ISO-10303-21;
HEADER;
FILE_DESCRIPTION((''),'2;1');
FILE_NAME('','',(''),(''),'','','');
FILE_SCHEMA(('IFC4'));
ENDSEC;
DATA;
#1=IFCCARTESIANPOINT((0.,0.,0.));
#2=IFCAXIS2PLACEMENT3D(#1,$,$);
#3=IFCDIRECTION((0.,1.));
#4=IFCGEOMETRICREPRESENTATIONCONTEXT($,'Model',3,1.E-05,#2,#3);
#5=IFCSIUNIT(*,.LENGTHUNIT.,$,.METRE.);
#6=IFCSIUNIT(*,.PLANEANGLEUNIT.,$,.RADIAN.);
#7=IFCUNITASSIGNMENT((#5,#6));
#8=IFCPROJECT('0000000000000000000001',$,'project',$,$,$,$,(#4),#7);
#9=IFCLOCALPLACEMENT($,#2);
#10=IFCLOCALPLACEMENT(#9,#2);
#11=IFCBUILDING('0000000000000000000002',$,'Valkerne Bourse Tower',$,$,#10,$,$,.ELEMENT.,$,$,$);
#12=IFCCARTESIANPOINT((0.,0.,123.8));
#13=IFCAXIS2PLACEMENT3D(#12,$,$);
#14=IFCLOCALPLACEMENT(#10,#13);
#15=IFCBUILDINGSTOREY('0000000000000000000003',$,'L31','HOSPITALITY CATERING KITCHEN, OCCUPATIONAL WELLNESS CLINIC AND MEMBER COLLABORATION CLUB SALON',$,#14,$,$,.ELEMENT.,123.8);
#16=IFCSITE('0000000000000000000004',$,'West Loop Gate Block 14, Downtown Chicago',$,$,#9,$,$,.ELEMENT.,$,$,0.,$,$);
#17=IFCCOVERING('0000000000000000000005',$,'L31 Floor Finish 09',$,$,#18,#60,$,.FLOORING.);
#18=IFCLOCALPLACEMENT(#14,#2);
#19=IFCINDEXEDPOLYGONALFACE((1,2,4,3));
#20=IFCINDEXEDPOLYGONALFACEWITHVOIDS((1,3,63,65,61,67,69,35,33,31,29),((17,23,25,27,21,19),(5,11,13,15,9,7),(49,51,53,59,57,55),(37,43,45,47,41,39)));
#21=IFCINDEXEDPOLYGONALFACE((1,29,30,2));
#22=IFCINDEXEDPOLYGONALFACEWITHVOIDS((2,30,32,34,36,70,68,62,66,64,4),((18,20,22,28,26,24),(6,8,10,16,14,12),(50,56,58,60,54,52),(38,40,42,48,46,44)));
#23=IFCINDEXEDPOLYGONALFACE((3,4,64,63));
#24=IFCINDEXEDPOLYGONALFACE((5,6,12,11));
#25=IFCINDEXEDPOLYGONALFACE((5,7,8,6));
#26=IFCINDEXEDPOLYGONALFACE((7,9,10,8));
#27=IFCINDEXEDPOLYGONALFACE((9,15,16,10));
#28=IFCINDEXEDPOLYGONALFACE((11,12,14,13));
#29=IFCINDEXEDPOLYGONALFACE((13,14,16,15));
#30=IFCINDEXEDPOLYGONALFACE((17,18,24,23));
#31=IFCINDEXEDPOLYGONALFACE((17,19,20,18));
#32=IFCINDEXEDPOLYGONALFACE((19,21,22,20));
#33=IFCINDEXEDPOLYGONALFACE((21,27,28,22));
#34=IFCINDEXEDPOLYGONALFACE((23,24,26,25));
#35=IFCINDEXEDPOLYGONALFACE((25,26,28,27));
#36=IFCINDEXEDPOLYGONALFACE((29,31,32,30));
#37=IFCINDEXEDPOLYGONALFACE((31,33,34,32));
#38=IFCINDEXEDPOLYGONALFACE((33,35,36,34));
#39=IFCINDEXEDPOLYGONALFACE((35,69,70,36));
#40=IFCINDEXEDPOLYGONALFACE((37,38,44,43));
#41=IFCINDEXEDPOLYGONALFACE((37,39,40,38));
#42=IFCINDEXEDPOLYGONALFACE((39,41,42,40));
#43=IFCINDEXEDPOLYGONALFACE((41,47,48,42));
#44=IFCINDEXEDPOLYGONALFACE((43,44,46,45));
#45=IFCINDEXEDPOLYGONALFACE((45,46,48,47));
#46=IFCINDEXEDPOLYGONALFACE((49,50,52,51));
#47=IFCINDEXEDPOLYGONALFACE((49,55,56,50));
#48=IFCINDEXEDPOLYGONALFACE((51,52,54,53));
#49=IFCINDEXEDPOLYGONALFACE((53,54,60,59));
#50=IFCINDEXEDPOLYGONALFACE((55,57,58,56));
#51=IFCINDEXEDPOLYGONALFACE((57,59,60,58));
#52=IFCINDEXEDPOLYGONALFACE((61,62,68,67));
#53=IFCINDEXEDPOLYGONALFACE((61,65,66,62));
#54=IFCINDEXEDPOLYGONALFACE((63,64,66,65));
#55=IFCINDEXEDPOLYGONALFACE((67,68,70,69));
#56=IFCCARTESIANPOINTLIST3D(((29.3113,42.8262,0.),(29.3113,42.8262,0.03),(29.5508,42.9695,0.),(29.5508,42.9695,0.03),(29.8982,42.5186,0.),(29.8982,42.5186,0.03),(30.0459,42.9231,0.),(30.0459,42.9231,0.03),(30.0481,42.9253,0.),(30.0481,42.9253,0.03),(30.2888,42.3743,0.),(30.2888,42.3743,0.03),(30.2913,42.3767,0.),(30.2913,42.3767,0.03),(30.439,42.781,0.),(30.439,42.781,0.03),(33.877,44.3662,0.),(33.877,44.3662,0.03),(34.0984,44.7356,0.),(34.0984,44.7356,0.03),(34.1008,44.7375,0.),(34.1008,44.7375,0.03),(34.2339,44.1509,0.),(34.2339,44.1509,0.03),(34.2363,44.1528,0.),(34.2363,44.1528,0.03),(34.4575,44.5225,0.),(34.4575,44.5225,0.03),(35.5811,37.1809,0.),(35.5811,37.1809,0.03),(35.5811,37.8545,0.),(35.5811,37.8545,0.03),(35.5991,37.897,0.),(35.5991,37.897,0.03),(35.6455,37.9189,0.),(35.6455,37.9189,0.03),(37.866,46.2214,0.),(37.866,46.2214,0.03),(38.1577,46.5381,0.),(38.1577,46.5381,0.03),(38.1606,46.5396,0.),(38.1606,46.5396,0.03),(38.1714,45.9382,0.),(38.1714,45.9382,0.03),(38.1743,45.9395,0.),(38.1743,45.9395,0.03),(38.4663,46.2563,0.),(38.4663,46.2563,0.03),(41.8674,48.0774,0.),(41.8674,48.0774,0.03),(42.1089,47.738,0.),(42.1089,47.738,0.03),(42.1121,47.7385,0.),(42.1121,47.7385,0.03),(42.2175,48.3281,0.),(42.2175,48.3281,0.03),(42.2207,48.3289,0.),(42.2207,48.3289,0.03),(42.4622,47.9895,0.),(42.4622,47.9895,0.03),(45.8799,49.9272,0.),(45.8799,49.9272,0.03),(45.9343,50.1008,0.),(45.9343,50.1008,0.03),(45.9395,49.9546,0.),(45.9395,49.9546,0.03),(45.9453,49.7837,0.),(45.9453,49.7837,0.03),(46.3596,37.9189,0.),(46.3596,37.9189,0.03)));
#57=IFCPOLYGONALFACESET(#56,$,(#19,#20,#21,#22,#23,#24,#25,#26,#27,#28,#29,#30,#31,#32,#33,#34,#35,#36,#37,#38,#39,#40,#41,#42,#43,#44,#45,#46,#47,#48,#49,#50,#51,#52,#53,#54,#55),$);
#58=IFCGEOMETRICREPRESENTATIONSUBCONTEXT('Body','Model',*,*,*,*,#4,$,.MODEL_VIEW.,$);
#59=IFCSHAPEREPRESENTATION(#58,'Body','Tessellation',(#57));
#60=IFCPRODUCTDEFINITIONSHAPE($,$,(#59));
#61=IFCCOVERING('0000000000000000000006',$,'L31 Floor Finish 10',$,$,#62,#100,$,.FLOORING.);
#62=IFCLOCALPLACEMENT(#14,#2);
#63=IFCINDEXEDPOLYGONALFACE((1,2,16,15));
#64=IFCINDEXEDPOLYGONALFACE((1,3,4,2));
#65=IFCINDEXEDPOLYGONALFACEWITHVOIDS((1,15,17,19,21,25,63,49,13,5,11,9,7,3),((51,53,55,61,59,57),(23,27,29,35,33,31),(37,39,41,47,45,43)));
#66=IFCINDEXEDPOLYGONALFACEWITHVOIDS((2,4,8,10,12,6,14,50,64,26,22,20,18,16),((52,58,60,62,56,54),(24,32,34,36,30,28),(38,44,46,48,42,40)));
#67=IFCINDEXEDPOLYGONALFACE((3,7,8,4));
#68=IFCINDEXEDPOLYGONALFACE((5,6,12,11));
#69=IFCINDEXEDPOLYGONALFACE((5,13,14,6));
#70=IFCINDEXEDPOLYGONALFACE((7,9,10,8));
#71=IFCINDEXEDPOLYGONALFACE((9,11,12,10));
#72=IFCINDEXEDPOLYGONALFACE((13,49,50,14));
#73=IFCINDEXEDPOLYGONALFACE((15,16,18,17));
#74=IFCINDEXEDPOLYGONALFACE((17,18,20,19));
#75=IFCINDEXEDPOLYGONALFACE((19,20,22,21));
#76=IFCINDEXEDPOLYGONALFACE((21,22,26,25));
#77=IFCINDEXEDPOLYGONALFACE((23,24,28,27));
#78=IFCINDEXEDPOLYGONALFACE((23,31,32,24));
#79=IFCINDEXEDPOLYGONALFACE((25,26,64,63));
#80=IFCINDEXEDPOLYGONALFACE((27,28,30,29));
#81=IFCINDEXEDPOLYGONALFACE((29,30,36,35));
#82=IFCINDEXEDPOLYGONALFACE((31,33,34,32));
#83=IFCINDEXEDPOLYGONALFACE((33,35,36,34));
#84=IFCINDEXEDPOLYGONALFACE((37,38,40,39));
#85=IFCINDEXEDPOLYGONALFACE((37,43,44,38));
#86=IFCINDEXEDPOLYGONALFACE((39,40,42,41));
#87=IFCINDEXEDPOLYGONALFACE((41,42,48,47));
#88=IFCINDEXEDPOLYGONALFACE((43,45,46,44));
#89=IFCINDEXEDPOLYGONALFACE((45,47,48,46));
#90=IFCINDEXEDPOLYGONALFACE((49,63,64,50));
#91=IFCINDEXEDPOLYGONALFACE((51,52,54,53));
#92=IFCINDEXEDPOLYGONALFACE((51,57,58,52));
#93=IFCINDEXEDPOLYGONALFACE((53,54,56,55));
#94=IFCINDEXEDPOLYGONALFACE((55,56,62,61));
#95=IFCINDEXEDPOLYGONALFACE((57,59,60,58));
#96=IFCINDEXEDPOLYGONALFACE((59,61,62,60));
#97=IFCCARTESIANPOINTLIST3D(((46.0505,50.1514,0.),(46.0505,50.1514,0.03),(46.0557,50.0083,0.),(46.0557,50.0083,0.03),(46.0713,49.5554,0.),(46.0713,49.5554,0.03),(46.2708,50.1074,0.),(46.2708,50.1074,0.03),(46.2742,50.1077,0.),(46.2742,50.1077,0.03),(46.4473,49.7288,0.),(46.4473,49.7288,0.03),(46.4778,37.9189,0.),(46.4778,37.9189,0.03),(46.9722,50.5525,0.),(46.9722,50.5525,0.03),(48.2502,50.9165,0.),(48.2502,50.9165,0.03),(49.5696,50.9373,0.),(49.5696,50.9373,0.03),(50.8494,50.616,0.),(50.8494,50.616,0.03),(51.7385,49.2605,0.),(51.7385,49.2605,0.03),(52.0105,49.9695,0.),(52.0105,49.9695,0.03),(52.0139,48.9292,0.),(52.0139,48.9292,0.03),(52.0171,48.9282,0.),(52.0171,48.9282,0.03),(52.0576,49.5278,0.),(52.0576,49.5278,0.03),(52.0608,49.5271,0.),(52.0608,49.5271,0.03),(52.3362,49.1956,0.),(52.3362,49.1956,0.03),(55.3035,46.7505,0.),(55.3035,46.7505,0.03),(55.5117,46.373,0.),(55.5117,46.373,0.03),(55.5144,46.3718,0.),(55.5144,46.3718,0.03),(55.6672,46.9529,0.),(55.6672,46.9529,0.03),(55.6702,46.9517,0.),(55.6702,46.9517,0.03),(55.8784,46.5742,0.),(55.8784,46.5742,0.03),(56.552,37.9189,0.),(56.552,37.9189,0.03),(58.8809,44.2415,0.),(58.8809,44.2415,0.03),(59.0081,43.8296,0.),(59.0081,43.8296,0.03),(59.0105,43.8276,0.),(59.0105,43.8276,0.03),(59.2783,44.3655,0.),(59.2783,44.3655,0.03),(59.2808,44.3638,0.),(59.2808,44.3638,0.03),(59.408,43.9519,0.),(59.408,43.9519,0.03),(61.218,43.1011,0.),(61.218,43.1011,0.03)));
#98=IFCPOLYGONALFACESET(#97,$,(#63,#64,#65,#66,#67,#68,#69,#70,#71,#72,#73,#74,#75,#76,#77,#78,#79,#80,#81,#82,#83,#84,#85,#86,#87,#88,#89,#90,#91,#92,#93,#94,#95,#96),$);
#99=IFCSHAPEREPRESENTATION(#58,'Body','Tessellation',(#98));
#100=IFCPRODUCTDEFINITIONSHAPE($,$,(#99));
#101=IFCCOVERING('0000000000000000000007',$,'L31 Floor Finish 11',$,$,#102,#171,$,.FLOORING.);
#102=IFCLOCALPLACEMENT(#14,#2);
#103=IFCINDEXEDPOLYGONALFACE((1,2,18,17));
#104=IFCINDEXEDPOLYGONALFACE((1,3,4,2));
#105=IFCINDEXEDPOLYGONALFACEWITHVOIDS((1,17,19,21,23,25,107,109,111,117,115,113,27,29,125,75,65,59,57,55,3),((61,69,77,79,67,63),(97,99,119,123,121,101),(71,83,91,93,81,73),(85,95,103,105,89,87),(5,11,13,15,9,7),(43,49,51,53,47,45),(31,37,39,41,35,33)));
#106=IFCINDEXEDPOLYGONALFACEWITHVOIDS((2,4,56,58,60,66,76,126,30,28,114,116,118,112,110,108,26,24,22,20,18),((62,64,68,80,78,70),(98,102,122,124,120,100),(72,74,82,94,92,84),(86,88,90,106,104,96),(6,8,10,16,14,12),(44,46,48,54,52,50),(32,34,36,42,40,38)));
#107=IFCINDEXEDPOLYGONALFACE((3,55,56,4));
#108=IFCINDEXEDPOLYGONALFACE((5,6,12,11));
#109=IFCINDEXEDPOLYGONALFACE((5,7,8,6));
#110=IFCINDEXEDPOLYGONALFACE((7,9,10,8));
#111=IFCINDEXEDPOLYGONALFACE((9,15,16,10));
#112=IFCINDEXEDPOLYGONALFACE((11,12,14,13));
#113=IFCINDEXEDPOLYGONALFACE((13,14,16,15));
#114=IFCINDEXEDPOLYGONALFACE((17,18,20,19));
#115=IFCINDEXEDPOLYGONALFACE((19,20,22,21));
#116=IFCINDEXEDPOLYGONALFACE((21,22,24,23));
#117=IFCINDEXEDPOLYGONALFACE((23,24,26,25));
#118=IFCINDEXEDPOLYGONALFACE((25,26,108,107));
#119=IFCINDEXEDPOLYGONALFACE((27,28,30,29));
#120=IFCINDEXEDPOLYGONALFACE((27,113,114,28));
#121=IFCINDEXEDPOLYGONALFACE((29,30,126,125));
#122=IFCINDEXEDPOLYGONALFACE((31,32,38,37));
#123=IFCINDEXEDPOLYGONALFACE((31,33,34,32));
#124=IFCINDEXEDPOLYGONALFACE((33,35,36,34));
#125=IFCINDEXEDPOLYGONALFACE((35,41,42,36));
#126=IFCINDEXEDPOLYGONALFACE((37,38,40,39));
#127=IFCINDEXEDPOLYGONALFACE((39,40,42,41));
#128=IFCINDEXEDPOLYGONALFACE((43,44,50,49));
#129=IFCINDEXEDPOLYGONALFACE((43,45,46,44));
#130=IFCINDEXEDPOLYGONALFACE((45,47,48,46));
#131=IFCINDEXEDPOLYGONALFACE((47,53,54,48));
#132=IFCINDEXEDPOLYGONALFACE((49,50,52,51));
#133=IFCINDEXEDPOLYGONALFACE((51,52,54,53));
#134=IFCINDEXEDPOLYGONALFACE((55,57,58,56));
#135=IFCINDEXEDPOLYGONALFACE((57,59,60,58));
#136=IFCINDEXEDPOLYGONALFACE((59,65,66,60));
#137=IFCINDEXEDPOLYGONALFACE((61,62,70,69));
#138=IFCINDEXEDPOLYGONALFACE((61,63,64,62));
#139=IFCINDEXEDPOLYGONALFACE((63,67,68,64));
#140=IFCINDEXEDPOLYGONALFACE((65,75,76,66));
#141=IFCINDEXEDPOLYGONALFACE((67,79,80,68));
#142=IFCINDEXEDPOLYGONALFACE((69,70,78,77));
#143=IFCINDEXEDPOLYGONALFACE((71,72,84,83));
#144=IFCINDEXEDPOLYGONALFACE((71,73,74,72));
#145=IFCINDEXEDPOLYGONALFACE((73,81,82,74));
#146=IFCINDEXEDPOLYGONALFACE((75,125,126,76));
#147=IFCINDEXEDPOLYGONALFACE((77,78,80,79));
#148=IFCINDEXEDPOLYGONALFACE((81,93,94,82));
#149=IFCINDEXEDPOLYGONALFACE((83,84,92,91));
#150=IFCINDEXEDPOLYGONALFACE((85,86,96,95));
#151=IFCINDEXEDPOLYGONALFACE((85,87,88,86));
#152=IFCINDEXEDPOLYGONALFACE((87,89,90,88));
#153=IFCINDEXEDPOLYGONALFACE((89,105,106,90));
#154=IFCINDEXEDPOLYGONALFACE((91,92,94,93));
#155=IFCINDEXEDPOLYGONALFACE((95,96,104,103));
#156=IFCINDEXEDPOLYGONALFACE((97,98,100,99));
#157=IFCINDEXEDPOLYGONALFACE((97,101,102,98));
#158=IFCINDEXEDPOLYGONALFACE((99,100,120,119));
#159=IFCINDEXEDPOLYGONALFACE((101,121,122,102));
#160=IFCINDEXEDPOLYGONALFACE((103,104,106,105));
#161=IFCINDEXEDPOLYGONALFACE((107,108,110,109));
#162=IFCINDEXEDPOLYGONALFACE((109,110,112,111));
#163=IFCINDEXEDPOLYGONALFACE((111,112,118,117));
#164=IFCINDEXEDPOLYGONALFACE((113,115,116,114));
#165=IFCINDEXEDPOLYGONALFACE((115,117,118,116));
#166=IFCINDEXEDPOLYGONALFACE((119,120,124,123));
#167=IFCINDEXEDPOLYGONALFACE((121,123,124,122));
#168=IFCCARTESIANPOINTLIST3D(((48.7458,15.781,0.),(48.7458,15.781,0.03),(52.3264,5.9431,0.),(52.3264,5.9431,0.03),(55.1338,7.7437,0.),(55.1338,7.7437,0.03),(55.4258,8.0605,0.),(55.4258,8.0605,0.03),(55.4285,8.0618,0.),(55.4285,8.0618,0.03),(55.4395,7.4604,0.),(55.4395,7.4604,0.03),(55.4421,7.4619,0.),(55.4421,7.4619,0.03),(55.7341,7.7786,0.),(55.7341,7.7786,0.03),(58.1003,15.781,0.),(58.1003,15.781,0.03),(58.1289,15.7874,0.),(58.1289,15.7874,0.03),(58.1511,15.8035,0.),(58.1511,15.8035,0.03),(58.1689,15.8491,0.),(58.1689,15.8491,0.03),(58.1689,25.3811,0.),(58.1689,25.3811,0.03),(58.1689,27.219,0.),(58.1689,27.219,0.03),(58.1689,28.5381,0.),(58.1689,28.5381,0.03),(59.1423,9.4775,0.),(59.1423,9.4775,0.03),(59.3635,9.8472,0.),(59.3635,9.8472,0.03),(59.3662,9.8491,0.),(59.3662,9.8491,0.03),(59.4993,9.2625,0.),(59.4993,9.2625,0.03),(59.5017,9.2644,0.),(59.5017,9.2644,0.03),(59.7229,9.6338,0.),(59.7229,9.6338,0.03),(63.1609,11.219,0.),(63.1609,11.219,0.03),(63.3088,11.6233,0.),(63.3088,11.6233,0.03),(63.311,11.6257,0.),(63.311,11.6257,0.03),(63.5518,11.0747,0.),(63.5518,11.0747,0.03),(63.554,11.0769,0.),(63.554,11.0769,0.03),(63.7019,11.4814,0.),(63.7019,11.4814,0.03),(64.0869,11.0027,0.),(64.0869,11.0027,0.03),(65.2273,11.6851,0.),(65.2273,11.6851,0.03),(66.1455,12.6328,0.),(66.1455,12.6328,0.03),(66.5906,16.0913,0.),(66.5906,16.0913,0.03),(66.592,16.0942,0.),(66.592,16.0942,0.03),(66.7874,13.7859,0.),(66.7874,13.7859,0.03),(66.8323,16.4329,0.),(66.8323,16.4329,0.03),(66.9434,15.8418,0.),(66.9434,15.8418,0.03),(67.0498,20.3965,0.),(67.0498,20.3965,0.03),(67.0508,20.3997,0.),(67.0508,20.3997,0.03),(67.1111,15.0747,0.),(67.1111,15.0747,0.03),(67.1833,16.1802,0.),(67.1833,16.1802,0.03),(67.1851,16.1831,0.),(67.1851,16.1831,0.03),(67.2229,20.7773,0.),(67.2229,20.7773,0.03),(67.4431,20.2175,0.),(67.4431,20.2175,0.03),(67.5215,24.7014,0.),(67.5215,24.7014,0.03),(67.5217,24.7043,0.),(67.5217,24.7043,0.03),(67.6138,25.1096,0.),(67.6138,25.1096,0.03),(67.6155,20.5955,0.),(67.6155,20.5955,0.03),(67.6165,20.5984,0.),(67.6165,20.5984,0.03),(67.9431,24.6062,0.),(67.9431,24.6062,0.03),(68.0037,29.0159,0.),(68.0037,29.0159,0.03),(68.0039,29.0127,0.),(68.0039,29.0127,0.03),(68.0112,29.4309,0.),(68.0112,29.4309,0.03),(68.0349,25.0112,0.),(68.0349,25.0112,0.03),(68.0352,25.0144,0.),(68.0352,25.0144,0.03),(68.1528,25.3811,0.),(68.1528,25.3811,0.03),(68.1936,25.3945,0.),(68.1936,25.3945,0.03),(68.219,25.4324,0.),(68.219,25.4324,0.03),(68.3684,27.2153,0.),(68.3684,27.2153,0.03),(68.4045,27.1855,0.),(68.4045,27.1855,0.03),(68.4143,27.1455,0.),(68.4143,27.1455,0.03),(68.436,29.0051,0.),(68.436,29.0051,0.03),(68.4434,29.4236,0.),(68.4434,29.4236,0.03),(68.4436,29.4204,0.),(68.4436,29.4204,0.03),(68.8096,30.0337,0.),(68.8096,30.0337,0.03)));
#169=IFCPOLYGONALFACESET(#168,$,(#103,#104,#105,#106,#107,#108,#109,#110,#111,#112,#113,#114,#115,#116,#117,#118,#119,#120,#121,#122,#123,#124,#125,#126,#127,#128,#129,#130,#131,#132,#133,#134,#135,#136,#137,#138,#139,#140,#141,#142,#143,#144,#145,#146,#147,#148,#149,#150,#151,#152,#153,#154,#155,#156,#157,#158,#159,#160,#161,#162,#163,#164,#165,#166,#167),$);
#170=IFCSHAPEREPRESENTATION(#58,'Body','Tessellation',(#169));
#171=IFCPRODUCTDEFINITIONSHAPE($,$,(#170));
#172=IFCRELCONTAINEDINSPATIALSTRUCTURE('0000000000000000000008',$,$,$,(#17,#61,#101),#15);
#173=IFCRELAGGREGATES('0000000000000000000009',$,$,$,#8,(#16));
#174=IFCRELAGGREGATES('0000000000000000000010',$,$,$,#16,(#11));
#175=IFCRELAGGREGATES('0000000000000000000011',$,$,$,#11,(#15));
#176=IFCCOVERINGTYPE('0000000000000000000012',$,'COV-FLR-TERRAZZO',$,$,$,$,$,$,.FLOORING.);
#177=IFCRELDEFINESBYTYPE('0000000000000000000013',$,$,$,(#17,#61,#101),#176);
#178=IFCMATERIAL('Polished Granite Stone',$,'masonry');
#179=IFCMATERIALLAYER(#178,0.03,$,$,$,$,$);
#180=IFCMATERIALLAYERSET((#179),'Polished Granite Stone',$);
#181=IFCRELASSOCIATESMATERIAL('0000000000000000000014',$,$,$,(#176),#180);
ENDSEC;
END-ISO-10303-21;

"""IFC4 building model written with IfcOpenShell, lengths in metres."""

from ifc_helpers import new_model, si_unit, direction, frame, origin, place, context, subcontext, project, spatial, polyline, outline, extrude, material, layer, layer_set, type_object, element, save


model = new_model("IFC4")

# Units and contexts
model_context = context("Model", 3, precision=1e-05, world=origin(), true_north=direction((0.0, 1.0)))
body_context = subcontext(model_context, "Body", "Model", "MODEL_VIEW")
ifc_project = project(units=[si_unit("LENGTHUNIT", "METRE"), si_unit("PLANEANGLEUNIT", "RADIAN")], contexts=[model_context])

# Site, building, storey
site_placement = place(None, origin())
site = spatial("IfcSite", under=ifc_project, at=site_placement, Name="West Loop Gate Block 14, Downtown Chicago", CompositionType="ELEMENT", RefElevation=0.0)
building_placement = place(site_placement, origin())
building = spatial("IfcBuilding", under=site, at=building_placement, Name="Valkerne Bourse Tower", CompositionType="ELEMENT")
storey_placement = place(building_placement, frame((0.0, 0.0, 123.8)))
storey = spatial("IfcBuildingStorey", under=building, at=storey_placement, Name="L31", Description="HOSPITALITY CATERING KITCHEN, OCCUPATIONAL WELLNESS CLINIC AND MEMBER COLLABORATION CLUB SALON", CompositionType="ELEMENT", Elevation=123.8)

# Coverings
ifc_material_1 = material(Name="Polished Granite Stone", Category="masonry")
ifc_layer_1 = layer(ifc_material_1, 0.03)
ifc_layer_set_1 = layer_set([ifc_layer_1], Name="Polished Granite Stone")
covering_type_1 = type_object("IfcCoveringType", Name="COV-FLR-TERRAZZO", PredefinedType="FLOORING", material=ifc_layer_set_1)
covering_1_placement = place(storey_placement, origin())
element("IfcCovering", 1, at=covering_1_placement, inside=storey, type_object=covering_type_1, Name="L31 Floor Finish 09", PredefinedType="FLOORING", context=body_context, shape_type="SweptSolid", body=[
    extrude(outline(polyline([(45.9395, 49.9546), (45.8799, 49.9272), (45.9453, 49.7837), (46.3596, 37.9189), (35.6455, 37.9189), (35.5991, 37.897), (35.5811, 37.8545), (35.5811, 37.1809), (29.3113, 42.8262), (29.5508, 42.9695), (45.9343, 50.1008), (45.9395, 49.9546)]), holes=[polyline([(30.439, 42.781), (30.0481, 42.9253), (30.0459, 42.9231), (29.8982, 42.5186), (30.2888, 42.3743), (30.2913, 42.3767), (30.439, 42.781)]), polyline([(34.2363, 44.1528), (34.4575, 44.5225), (34.1008, 44.7375), (34.0984, 44.7356), (33.877, 44.3662), (34.2339, 44.1509), (34.2363, 44.1528)]), polyline([(38.1743, 45.9395), (38.4663, 46.2563), (38.1606, 46.5396), (38.1577, 46.5381), (37.866, 46.2214), (38.1714, 45.9382), (38.1743, 45.9395)]), polyline([(42.4622, 47.9895), (42.2207, 48.3289), (42.2175, 48.3281), (41.8674, 48.0774), (42.1089, 47.738), (42.1121, 47.7385), (42.4622, 47.9895)])]), origin(), (0.0, 0.0, 1.0), 0.03),
])
covering_2_placement = place(storey_placement, origin())
element("IfcCovering", 2, at=covering_2_placement, inside=storey, type_object=covering_type_1, Name="L31 Floor Finish 10", PredefinedType="FLOORING", context=body_context, shape_type="SweptSolid", body=[
    extrude(outline(polyline([(49.5696, 50.9373), (50.8494, 50.616), (52.0105, 49.9695), (61.218, 43.1011), (56.552, 37.9189), (46.4778, 37.9189), (46.0713, 49.5554), (46.4473, 49.7288), (46.2742, 50.1077), (46.2708, 50.1074), (46.0557, 50.0083), (46.0505, 50.1514), (46.9722, 50.5525), (48.2502, 50.9165), (49.5696, 50.9373)]), holes=[polyline([(52.0608, 49.5271), (52.0576, 49.5278), (51.7385, 49.2605), (52.0139, 48.9292), (52.0171, 48.9282), (52.3362, 49.1956), (52.0608, 49.5271)]), polyline([(59.2808, 44.3638), (59.2783, 44.3655), (58.8809, 44.2415), (59.0081, 43.8296), (59.0105, 43.8276), (59.408, 43.9519), (59.2808, 44.3638)]), polyline([(55.8784, 46.5742), (55.6702, 46.9517), (55.6672, 46.9529), (55.3035, 46.7505), (55.5117, 46.373), (55.5144, 46.3718), (55.8784, 46.5742)])]), origin(), (0.0, 0.0, 1.0), 0.03),
])
covering_3_placement = place(storey_placement, origin())
element("IfcCovering", 3, at=covering_3_placement, inside=storey, type_object=covering_type_1, Name="L31 Floor Finish 11", PredefinedType="FLOORING", context=body_context, shape_type="SweptSolid", body=[
    extrude(outline(polyline([(65.2273, 11.6851), (64.0869, 11.0027), (52.3264, 5.9431), (48.7458, 15.781), (58.1003, 15.781), (58.1289, 15.7874), (58.1511, 15.8035), (58.1689, 15.8491), (58.1689, 25.3811), (68.1528, 25.3811), (68.1936, 25.3945), (68.219, 25.4324), (68.4143, 27.1455), (68.4045, 27.1855), (68.3684, 27.2153), (58.1689, 27.219), (58.1689, 28.5381), (68.8096, 30.0337), (67.1111, 15.0747), (66.7874, 13.7859), (66.1455, 12.6328), (65.2273, 11.6851)]), holes=[polyline([(55.4421, 7.4619), (55.7341, 7.7786), (55.4285, 8.0618), (55.4258, 8.0605), (55.1338, 7.7437), (55.4395, 7.4604), (55.4421, 7.4619)]), polyline([(59.5017, 9.2644), (59.7229, 9.6338), (59.3662, 9.8491), (59.3635, 9.8472), (59.1423, 9.4775), (59.4993, 9.2625), (59.5017, 9.2644)]), polyline([(63.7019, 11.4814), (63.311, 11.6257), (63.3088, 11.6233), (63.1609, 11.219), (63.5518, 11.0747), (63.554, 11.0769), (63.7019, 11.4814)]), polyline([(67.1851, 16.1831), (66.8323, 16.4329), (66.592, 16.0942), (66.5906, 16.0913), (66.9434, 15.8418), (67.1833, 16.1802), (67.1851, 16.1831)]), polyline([(67.6165, 20.5984), (67.2229, 20.7773), (67.0508, 20.3997), (67.0498, 20.3965), (67.4431, 20.2175), (67.6155, 20.5955), (67.6165, 20.5984)]), polyline([(68.0349, 25.0112), (68.0352, 25.0144), (67.6138, 25.1096), (67.5217, 24.7043), (67.5215, 24.7014), (67.9431, 24.6062), (68.0349, 25.0112)]), polyline([(68.4436, 29.4204), (68.4434, 29.4236), (68.0112, 29.4309), (68.0037, 29.0159), (68.0039, 29.0127), (68.436, 29.0051), (68.4436, 29.4204)])]), origin(), (0.0, 0.0, 1.0), 0.03),
])

save(model, "model.ifc")
